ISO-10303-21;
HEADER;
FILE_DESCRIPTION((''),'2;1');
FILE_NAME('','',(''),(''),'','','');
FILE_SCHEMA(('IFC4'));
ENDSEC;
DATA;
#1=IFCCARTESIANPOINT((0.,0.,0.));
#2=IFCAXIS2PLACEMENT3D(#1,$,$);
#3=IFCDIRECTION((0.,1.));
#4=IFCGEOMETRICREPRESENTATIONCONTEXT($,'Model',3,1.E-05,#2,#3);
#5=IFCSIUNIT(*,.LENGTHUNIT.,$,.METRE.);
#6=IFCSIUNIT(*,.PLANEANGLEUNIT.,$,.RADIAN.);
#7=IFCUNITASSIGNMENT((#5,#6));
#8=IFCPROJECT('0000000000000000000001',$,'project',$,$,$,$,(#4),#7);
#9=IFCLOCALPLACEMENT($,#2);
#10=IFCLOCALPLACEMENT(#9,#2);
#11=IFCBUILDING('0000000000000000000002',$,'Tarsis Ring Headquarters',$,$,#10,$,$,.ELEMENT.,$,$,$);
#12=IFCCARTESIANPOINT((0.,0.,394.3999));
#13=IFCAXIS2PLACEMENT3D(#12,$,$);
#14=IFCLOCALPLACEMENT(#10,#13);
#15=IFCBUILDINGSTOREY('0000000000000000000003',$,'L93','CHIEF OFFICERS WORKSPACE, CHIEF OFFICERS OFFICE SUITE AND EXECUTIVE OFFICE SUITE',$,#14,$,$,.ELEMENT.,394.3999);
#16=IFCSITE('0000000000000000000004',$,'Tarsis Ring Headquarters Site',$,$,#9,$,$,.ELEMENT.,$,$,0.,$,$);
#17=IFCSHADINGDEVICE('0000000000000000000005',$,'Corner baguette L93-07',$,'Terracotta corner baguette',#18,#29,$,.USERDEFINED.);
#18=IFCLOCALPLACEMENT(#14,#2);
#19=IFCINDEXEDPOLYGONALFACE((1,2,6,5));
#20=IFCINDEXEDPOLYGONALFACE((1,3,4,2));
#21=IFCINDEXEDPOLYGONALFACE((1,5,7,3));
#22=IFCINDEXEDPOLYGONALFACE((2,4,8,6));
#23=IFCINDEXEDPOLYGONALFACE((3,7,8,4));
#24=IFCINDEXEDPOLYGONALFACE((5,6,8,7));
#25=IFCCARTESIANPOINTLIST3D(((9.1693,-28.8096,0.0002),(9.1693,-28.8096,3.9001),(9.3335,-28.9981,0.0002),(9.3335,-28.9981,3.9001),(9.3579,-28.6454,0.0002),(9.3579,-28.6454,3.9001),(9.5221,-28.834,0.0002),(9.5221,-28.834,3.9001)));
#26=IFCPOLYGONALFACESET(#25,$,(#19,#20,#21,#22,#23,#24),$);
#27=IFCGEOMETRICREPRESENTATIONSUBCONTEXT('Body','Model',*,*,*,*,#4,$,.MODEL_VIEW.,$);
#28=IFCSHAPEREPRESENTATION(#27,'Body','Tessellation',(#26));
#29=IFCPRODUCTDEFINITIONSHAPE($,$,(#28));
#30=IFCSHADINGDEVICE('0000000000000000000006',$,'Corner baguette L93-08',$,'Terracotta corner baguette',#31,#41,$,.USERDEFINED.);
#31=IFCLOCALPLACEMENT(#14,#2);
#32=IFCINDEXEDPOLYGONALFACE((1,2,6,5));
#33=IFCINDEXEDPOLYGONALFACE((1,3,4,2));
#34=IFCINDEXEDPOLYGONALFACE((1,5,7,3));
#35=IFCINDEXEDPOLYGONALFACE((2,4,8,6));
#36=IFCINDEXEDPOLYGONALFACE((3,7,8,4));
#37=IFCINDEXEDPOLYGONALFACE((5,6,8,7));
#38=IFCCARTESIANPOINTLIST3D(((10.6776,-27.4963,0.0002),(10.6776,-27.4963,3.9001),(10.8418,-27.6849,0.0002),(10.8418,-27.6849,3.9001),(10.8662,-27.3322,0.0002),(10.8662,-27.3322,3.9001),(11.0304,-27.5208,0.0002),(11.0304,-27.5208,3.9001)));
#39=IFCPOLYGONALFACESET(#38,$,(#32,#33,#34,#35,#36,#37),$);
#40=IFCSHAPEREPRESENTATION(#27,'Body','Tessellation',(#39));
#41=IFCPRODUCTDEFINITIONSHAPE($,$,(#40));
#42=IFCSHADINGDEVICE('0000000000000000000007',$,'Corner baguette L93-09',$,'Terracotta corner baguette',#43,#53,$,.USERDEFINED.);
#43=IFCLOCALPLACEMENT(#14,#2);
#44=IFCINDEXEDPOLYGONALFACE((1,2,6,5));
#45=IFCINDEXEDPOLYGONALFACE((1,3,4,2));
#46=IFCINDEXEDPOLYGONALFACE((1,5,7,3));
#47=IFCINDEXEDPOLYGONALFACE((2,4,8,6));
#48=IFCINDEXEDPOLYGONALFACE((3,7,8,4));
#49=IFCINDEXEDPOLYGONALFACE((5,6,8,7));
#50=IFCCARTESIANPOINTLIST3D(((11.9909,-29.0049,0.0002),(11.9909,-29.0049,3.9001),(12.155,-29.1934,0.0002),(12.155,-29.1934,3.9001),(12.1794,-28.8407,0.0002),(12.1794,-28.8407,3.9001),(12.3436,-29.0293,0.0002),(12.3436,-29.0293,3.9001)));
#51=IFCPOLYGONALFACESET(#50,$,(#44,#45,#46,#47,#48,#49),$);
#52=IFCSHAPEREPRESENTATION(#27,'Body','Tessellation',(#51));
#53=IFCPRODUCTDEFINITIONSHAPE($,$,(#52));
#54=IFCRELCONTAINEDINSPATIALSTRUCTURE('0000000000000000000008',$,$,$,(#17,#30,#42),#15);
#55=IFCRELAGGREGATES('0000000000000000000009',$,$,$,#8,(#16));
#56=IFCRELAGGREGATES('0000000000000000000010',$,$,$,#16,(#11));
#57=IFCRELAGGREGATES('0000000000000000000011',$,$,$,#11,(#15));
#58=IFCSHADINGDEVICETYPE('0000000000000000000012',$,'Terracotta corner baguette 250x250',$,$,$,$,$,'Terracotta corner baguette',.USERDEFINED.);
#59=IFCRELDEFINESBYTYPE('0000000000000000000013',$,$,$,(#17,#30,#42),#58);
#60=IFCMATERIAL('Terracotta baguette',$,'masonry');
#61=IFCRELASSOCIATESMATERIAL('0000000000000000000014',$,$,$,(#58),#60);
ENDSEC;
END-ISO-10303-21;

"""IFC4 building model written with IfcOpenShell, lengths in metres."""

from ifc_helpers import new_model, si_unit, direction, frame, origin, origin_2d, place, context, subcontext, project, spatial, rectangle, extrude, material, type_object, element, save


model = new_model("IFC4")

# Units and contexts
model_context = context("Model", 3, precision=1e-05, world=origin(), true_north=direction((0.0, 1.0)))
body_context = subcontext(model_context, "Body", "Model", "MODEL_VIEW")
ifc_project = project(units=[si_unit("LENGTHUNIT", "METRE"), si_unit("PLANEANGLEUNIT", "RADIAN")], contexts=[model_context])

# Site, building, storey
site_placement = place(None, origin())
site = spatial("IfcSite", under=ifc_project, at=site_placement, Name="Tarsis Ring Headquarters Site", CompositionType="ELEMENT", RefElevation=0.0)
building_placement = place(site_placement, origin())
building = spatial("IfcBuilding", under=site, at=building_placement, Name="Tarsis Ring Headquarters", CompositionType="ELEMENT")
storey_placement = place(building_placement, frame((0.0, 0.0, 394.3999)))
storey = spatial("IfcBuildingStorey", under=building, at=storey_placement, Name="L93", Description="CHIEF OFFICERS WORKSPACE, CHIEF OFFICERS OFFICE SUITE AND EXECUTIVE OFFICE SUITE", CompositionType="ELEMENT", Elevation=394.3999)

# Shading devices
ifc_material_1 = material(Name="Terracotta baguette", Category="masonry")
shading_device_type_1 = type_object("IfcShadingDeviceType", Name="Terracotta corner baguette 250x250", ElementType="Terracotta corner baguette", PredefinedType="USERDEFINED", material=ifc_material_1)
for number, where, z_axis, x_axis, name in (
    (1, (9.3457, -28.8218, 0.0002), (0.0, 0.0, 1.0), (0.656586, -0.754251, 0.0), "Corner baguette L93-07"),
    (2, (10.854, -27.5085, 0.0002), (0.0, 0.0, 1.0), (0.754252, 0.656586, 0.0), "Corner baguette L93-08"),
    (3, (12.1672, -29.0171, 0.0002), (0.0, 0.0, 1.0), (0.656586, -0.754251, 0.0), "Corner baguette L93-09"),
):
    element("IfcShadingDevice", number, at=place(storey_placement, frame(where, z_axis=z_axis, x_axis=x_axis)), inside=storey, type_object=shading_device_type_1, Name=name, ObjectType="Terracotta corner baguette", PredefinedType="USERDEFINED", context=body_context, shape_type="SweptSolid", body=[
        extrude(rectangle(XDim=0.25, YDim=0.25, at=origin_2d()), origin(), (0.0, 0.0, 1.0), 3.8999),
    ])

save(model, "model.ifc")
